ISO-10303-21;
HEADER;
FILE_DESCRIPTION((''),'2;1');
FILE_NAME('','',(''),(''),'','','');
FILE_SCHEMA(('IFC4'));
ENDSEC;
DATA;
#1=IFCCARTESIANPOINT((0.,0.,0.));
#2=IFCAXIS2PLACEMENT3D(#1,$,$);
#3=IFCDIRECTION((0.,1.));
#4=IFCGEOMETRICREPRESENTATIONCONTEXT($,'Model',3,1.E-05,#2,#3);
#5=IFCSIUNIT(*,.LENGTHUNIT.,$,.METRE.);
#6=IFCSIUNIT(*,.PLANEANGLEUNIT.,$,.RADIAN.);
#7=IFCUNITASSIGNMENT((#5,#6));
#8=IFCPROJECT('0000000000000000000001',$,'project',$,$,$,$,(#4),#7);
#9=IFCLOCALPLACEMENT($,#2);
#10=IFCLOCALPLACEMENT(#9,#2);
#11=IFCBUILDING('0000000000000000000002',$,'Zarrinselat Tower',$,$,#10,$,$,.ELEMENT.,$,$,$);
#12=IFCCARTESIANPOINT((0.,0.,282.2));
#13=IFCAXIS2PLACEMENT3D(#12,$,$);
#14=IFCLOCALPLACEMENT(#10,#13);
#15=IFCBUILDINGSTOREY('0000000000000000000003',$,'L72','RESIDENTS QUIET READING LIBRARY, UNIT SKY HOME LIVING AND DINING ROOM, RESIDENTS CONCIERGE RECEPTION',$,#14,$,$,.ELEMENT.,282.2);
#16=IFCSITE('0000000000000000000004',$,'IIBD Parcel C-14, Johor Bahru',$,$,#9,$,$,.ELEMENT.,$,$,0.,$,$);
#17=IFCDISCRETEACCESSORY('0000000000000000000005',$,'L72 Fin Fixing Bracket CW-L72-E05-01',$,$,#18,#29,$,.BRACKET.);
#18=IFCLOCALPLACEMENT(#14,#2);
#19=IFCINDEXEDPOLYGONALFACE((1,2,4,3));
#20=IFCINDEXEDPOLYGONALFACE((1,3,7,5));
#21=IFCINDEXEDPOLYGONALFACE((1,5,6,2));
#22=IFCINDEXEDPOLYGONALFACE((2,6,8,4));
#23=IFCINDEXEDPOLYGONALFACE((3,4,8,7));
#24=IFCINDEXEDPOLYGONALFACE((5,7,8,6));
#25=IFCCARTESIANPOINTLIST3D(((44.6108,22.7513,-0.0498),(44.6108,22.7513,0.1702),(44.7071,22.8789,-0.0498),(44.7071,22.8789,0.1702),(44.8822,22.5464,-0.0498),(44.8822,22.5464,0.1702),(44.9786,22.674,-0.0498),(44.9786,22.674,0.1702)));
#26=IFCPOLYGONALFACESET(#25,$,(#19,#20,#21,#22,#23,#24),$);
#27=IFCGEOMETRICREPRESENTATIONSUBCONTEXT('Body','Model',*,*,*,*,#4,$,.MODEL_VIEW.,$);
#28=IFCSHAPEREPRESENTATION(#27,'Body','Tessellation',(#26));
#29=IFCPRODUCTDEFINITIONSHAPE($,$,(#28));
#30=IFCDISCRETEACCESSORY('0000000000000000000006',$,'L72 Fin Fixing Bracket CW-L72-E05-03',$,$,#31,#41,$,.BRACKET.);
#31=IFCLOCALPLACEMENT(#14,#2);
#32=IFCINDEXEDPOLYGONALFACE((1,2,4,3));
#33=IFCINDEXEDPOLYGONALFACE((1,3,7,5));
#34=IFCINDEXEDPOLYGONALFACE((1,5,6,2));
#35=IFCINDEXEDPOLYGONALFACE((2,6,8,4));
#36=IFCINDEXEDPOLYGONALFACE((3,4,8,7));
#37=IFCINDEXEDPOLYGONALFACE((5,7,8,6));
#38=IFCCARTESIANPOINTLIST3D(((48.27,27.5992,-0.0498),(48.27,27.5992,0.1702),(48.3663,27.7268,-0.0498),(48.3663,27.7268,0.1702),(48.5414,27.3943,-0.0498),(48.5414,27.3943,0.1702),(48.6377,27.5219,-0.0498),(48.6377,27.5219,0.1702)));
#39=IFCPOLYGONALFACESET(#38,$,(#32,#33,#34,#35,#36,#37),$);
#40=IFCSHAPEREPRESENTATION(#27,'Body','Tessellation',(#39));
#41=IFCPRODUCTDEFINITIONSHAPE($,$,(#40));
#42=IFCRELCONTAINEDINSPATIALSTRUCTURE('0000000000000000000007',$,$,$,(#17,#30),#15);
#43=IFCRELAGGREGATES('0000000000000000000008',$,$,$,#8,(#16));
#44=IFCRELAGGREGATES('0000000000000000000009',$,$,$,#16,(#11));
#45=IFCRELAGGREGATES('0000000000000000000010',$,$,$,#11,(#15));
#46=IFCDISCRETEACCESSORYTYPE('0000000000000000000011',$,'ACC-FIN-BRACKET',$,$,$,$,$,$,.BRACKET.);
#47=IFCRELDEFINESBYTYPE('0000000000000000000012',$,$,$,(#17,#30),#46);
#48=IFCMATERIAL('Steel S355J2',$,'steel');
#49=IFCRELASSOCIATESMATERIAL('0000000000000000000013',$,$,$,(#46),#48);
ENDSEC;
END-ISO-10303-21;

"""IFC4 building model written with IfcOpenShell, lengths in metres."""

from ifc_helpers import new_model, si_unit, direction, frame, origin, origin_2d, place, context, subcontext, project, spatial, rectangle, extrude, material, type_object, element, save


model = new_model("IFC4")

# Units and contexts
model_context = context("Model", 3, precision=1e-05, world=origin(), true_north=direction((0.0, 1.0)))
body_context = subcontext(model_context, "Body", "Model", "MODEL_VIEW")
ifc_project = project(units=[si_unit("LENGTHUNIT", "METRE"), si_unit("PLANEANGLEUNIT", "RADIAN")], contexts=[model_context])

# Site, building, storey
site_placement = place(None, origin())
site = spatial("IfcSite", under=ifc_project, at=site_placement, Name="IIBD Parcel C-14, Johor Bahru", CompositionType="ELEMENT", RefElevation=0.0)
building_placement = place(site_placement, origin())
building = spatial("IfcBuilding", under=site, at=building_placement, Name="Zarrinselat Tower", CompositionType="ELEMENT")
storey_placement = place(building_placement, frame((0.0, 0.0, 282.2)))
storey = spatial("IfcBuildingStorey", under=building, at=storey_placement, Name="L72", Description="RESIDENTS QUIET READING LIBRARY, UNIT SKY HOME LIVING AND DINING ROOM, RESIDENTS CONCIERGE RECEPTION", CompositionType="ELEMENT", Elevation=282.2)

# Discrete accessories
ifc_material_1 = material(Name="Steel S355J2", Category="steel")
discrete_accessory_type = type_object("IfcDiscreteAccessoryType", Name="ACC-FIN-BRACKET", PredefinedType="BRACKET", material=ifc_material_1)
for number, where, z_axis, x_axis, name in (
    (1, (44.7947, 22.7126, -0.0498), (0.0, 0.0, 1.0), (0.79816, -0.602445, 0.0), "L72 Fin Fixing Bracket CW-L72-E05-01"),
    (2, (48.4539, 27.5605, -0.0498), (0.0, 0.0, 1.0), (0.79816, -0.602445, 0.0), "L72 Fin Fixing Bracket CW-L72-E05-03"),
):
    element("IfcDiscreteAccessory", number, at=place(storey_placement, frame(where, z_axis=z_axis, x_axis=x_axis)), inside=storey, type_object=discrete_accessory_type, Name=name, PredefinedType="BRACKET", context=body_context, shape_type="SweptSolid", body=[
        extrude(rectangle(XDim=0.3401, YDim=0.1599, at=origin_2d()), origin(), (0.0, 0.0, 1.0), 0.22),
    ])

save(model, "model.ifc")
